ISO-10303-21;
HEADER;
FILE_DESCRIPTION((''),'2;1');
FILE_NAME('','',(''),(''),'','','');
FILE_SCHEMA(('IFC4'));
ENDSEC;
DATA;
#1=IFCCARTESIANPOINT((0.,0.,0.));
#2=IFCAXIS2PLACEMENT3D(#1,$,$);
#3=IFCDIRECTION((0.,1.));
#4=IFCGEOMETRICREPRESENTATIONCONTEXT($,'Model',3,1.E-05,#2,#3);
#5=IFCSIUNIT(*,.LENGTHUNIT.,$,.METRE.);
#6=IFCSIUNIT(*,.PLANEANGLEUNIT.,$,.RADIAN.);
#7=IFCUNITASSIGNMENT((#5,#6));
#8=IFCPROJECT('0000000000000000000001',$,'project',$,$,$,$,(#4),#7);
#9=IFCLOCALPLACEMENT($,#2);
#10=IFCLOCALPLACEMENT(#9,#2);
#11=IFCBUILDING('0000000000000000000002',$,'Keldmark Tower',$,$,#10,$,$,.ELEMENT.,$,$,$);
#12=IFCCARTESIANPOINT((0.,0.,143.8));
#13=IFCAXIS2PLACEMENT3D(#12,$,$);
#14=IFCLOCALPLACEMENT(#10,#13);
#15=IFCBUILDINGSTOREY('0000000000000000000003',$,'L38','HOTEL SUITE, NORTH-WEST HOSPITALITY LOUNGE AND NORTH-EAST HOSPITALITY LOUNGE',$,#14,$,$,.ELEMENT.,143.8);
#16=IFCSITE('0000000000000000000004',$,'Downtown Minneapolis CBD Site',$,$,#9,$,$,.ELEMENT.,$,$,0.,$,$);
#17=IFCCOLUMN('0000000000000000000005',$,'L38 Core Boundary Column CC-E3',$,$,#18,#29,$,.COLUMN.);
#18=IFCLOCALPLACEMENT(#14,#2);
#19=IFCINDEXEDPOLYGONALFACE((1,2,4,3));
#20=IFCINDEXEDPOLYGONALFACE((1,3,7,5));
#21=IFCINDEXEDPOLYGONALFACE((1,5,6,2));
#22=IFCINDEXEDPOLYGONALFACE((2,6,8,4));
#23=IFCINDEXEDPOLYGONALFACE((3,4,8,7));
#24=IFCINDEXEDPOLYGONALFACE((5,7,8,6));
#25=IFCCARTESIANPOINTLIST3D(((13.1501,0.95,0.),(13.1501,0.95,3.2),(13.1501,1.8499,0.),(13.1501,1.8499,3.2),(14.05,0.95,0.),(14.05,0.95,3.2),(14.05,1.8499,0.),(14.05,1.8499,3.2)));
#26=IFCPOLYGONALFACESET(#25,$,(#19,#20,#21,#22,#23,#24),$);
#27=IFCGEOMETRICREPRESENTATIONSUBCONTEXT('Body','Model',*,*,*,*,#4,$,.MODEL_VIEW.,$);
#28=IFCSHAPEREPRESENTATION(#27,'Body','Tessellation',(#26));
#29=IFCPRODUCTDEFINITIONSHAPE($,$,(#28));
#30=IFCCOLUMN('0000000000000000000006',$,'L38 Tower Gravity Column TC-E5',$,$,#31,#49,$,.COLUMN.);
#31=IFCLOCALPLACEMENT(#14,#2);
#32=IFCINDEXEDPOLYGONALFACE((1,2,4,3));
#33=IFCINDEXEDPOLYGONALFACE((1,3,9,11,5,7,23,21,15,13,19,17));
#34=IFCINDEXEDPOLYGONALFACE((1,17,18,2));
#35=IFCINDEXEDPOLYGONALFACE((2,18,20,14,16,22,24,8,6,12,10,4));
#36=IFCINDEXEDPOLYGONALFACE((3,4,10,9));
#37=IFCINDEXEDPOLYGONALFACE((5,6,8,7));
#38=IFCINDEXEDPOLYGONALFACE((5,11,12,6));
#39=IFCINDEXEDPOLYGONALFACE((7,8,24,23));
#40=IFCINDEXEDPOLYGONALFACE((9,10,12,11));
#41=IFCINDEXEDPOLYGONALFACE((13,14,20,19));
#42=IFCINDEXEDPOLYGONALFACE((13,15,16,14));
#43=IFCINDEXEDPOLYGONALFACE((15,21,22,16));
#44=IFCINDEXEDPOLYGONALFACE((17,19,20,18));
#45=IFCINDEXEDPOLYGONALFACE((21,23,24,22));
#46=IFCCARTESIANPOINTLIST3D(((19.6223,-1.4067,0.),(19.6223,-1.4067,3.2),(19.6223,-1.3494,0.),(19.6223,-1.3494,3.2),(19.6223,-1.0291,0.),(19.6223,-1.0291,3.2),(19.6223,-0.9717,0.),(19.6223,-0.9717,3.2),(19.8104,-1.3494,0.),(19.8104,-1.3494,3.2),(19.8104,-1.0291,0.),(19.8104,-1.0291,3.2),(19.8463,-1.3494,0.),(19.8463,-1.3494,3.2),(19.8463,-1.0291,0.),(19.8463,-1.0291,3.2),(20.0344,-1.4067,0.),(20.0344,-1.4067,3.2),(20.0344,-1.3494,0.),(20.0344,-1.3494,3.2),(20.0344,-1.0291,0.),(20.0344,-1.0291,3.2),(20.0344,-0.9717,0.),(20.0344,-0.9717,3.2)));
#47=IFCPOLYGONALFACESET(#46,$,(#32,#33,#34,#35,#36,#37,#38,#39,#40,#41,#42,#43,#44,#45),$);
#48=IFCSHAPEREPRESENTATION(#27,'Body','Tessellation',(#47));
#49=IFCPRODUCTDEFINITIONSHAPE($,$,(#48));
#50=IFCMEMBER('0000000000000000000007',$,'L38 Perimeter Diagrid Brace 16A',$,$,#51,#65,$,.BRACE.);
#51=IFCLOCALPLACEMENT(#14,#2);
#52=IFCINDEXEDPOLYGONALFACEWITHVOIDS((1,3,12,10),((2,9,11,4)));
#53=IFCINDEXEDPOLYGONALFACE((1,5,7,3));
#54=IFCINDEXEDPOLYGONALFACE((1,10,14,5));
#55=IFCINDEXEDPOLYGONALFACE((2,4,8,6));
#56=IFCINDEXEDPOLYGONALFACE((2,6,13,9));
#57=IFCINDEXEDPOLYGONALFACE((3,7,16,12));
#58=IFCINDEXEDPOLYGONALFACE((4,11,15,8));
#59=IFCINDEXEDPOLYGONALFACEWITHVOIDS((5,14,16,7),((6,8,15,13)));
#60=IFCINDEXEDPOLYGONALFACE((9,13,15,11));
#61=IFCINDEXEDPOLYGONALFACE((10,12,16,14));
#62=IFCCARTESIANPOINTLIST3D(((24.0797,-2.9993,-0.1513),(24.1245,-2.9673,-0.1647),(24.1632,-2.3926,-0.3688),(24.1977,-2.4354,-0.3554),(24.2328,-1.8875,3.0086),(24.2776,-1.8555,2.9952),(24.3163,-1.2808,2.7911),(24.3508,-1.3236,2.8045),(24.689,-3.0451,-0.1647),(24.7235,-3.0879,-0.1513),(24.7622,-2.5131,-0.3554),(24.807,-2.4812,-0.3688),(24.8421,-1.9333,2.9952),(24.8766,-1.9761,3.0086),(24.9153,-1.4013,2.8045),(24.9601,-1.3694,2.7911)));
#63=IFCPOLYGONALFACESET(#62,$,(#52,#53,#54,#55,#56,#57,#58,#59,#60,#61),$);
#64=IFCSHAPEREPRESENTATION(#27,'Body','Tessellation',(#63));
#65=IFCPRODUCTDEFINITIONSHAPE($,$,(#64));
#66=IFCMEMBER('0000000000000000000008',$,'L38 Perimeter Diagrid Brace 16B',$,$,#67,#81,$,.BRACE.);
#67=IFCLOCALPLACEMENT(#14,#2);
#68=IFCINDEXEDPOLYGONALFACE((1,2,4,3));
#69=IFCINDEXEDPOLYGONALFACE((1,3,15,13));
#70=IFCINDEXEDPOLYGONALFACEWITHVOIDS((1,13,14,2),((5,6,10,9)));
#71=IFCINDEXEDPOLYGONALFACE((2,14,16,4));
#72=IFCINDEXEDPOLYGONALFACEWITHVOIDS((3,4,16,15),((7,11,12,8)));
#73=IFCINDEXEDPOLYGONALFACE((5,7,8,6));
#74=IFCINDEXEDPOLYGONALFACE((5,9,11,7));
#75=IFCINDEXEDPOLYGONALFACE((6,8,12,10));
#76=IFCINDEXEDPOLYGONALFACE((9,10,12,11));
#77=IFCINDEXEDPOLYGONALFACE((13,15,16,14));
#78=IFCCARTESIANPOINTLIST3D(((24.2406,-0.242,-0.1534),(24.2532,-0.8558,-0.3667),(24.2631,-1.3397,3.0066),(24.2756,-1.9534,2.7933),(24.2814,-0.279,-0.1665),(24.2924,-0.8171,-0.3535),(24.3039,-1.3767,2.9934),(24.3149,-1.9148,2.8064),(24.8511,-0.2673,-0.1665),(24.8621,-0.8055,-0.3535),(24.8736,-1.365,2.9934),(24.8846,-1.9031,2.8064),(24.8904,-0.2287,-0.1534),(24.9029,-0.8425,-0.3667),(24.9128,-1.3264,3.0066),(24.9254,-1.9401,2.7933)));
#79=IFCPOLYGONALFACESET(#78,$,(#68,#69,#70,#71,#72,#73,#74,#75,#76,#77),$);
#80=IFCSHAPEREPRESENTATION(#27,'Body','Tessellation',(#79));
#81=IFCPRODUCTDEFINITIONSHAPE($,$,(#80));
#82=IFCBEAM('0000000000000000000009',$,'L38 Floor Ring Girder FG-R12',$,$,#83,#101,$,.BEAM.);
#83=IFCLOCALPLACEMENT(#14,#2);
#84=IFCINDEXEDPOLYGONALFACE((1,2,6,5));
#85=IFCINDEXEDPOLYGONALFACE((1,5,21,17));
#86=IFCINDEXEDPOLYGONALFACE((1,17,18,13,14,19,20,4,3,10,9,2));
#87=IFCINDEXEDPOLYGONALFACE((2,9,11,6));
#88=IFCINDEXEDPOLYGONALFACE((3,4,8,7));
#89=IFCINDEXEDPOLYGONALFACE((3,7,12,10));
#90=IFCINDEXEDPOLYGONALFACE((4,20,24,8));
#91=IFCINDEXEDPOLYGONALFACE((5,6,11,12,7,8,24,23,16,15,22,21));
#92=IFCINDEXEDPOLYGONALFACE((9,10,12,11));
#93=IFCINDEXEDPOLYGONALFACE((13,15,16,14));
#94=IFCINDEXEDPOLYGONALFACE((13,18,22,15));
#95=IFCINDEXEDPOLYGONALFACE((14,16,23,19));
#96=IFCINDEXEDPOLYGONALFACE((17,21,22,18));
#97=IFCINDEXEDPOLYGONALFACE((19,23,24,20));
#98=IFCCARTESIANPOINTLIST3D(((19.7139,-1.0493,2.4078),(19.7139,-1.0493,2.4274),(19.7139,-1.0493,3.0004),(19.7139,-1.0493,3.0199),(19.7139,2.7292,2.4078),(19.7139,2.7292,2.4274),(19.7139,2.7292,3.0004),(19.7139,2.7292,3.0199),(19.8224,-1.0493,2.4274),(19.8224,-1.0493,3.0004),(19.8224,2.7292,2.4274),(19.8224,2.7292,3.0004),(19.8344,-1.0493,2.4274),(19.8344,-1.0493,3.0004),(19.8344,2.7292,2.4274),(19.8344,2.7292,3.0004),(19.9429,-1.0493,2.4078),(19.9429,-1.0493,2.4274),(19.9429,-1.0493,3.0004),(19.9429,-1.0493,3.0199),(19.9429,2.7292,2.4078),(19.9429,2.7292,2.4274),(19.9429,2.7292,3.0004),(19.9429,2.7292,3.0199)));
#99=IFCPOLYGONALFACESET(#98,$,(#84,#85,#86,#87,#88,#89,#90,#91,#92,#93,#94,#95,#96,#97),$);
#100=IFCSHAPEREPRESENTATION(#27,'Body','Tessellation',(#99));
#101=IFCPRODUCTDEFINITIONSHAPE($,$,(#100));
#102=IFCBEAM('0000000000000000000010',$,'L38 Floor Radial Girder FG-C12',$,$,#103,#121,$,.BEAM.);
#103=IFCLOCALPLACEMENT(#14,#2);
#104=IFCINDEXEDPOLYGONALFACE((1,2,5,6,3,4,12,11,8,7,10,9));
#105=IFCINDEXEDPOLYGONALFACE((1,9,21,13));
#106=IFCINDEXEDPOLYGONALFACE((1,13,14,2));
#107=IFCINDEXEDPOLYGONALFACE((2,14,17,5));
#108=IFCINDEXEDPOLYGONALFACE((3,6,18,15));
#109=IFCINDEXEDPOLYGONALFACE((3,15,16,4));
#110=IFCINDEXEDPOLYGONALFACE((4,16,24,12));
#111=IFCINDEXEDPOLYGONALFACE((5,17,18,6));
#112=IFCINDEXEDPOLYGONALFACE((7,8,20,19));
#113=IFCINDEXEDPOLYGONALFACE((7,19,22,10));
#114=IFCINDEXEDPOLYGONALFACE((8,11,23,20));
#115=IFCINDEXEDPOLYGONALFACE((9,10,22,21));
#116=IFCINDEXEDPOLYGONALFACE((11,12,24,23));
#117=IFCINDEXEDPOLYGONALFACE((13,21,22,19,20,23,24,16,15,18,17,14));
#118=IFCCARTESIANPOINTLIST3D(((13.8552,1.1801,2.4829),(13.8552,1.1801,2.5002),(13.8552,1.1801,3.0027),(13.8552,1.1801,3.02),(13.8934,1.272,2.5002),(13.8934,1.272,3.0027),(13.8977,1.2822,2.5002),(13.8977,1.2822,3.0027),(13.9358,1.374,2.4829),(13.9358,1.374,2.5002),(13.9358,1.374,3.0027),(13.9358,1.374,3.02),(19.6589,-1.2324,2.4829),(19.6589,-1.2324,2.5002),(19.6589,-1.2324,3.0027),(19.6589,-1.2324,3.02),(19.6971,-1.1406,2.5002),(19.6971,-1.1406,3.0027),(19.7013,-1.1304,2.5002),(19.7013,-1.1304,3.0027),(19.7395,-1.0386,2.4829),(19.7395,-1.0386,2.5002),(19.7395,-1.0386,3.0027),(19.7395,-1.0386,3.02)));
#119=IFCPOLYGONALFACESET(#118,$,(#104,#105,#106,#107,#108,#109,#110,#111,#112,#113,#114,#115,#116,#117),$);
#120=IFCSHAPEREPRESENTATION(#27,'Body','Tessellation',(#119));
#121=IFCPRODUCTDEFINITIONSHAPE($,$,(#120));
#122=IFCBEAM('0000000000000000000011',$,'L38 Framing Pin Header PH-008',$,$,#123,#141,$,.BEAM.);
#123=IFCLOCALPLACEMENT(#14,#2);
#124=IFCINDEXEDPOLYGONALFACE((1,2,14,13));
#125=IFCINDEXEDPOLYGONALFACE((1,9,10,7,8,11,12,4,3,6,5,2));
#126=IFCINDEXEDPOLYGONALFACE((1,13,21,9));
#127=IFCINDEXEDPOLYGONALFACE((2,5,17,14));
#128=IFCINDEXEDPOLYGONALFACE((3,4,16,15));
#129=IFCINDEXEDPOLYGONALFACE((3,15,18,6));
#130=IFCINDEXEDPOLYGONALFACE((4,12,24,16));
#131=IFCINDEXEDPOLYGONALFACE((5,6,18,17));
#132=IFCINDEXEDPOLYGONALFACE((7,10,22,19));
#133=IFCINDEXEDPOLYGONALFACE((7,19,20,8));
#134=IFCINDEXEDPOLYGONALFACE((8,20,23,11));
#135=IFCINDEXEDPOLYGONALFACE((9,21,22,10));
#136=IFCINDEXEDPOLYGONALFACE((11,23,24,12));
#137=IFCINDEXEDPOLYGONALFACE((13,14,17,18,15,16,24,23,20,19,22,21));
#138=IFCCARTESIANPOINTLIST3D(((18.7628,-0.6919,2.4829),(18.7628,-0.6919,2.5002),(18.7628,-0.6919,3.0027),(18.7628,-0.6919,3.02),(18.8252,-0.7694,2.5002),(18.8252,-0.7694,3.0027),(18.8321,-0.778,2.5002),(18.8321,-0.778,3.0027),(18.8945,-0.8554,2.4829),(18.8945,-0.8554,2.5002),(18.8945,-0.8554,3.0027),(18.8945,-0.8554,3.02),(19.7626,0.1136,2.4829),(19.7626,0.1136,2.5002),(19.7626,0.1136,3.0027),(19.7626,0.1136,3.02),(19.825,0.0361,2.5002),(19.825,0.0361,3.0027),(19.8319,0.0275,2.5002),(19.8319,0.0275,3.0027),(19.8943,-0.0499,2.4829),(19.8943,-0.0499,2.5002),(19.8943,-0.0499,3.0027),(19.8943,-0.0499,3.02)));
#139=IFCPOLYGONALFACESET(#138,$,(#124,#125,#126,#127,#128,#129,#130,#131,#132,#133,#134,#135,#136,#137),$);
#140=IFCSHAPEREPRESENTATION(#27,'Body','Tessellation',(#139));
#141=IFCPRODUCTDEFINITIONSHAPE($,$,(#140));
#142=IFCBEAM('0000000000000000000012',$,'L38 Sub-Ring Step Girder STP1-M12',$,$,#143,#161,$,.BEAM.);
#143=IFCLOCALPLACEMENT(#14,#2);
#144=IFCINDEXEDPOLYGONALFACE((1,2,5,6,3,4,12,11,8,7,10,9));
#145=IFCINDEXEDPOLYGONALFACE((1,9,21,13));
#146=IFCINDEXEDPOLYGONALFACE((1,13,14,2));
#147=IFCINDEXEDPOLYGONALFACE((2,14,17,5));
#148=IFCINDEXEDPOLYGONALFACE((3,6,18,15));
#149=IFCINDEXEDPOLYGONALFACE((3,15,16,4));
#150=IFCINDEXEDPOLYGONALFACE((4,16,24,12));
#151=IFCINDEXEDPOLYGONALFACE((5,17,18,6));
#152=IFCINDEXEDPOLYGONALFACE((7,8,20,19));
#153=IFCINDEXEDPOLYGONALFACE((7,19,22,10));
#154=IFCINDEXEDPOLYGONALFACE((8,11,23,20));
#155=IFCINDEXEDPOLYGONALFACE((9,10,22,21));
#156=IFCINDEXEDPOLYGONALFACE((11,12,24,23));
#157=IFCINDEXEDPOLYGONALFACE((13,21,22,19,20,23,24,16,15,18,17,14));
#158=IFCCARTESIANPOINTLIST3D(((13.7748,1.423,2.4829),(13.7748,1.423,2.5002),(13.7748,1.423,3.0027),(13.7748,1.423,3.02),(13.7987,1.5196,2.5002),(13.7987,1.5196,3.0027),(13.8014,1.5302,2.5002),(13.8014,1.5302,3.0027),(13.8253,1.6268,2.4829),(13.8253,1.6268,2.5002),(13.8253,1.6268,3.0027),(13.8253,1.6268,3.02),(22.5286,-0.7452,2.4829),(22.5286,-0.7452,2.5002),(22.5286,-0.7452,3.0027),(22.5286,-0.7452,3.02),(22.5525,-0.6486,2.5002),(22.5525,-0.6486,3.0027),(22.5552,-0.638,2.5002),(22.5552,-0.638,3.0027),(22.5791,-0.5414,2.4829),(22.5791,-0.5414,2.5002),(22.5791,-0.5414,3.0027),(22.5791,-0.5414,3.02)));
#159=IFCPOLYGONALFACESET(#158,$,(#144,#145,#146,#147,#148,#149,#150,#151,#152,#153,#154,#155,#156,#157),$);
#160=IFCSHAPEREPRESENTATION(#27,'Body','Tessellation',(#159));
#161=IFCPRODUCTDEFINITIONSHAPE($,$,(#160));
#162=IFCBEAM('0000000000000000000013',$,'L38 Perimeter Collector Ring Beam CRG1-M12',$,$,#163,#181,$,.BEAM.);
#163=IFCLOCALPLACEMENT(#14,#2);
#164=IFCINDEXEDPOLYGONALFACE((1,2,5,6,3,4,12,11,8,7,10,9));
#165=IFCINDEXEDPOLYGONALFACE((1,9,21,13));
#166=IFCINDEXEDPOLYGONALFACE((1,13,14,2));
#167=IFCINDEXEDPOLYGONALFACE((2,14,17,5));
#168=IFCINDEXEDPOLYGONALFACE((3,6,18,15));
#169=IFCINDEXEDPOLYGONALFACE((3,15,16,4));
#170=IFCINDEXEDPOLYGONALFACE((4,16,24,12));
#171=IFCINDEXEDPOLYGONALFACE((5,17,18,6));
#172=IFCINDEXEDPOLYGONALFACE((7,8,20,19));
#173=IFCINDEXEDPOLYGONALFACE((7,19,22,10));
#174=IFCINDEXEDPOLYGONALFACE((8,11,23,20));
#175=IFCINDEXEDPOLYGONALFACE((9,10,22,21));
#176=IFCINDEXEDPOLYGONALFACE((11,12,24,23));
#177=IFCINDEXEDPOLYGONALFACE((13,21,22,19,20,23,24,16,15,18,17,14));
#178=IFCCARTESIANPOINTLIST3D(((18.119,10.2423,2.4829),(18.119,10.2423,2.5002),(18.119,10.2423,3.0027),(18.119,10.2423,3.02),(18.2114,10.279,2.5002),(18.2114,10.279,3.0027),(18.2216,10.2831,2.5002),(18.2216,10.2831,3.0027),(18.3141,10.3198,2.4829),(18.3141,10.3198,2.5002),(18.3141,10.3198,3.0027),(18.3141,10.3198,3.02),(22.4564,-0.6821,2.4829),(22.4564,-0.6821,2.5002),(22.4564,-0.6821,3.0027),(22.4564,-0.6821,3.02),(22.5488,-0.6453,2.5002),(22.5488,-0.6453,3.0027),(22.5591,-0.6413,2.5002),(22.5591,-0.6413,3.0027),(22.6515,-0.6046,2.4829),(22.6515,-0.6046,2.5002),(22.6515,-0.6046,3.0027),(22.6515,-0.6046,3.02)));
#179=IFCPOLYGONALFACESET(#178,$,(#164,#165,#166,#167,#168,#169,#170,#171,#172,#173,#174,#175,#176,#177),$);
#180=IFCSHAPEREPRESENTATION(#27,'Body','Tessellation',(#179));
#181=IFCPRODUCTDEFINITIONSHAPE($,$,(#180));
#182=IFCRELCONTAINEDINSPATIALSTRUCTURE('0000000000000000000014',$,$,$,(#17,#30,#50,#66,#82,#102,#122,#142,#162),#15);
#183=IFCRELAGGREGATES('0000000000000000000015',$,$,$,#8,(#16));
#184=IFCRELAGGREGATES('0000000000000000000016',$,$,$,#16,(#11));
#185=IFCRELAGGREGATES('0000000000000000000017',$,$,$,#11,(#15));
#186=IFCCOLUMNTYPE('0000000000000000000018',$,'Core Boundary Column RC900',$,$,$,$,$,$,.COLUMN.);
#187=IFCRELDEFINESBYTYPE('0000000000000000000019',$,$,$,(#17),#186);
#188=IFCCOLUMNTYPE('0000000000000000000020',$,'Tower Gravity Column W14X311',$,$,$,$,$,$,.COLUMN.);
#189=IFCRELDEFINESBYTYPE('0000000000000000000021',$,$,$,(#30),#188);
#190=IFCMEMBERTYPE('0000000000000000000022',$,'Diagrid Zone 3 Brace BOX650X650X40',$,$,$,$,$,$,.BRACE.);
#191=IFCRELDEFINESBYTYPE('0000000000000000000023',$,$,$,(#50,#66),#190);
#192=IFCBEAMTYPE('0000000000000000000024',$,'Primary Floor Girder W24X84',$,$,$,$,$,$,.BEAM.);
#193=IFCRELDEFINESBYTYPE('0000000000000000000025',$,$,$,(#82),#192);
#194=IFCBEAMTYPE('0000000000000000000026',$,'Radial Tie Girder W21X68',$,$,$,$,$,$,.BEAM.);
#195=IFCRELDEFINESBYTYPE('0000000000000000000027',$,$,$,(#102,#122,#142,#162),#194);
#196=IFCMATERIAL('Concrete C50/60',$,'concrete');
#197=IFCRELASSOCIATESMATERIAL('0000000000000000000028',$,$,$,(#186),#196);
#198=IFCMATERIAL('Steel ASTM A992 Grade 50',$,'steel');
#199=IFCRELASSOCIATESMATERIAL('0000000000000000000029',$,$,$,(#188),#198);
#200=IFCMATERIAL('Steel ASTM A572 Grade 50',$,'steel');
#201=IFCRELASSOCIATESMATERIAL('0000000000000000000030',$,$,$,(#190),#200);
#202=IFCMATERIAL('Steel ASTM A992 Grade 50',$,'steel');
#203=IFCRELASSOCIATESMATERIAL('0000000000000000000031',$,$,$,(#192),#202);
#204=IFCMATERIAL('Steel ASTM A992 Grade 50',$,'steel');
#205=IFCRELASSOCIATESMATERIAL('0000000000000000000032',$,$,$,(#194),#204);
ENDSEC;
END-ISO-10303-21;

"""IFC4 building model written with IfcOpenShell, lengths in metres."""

from ifc_helpers import new_model, si_unit, direction, frame, origin, origin_2d, place, context, subcontext, project, spatial, rectangle, hollow_rectangle, i_section, extrude, material, material_profile, profile_set, type_object, element, save


model = new_model("IFC4")

# Units and contexts
model_context = context("Model", 3, precision=1e-05, world=origin(), true_north=direction((0.0, 1.0)))
body_context = subcontext(model_context, "Body", "Model", "MODEL_VIEW")
ifc_project = project(units=[si_unit("LENGTHUNIT", "METRE"), si_unit("PLANEANGLEUNIT", "RADIAN")], contexts=[model_context])

# Site, building, storey
site_placement = place(None, origin())
site = spatial("IfcSite", under=ifc_project, at=site_placement, Name="Downtown Minneapolis CBD Site", CompositionType="ELEMENT", RefElevation=0.0)
building_placement = place(site_placement, origin())
building = spatial("IfcBuilding", under=site, at=building_placement, Name="Keldmark Tower", CompositionType="ELEMENT")
storey_placement = place(building_placement, frame((0.0, 0.0, 143.8)))
storey = spatial("IfcBuildingStorey", under=building, at=storey_placement, Name="L38", Description="HOTEL SUITE, NORTH-WEST HOSPITALITY LOUNGE AND NORTH-EAST HOSPITALITY LOUNGE", CompositionType="ELEMENT", Elevation=143.8)

# Columns
ifc_material_1 = material(Name="Concrete C50/60", Category="concrete")
ifc_material_profile_1 = material_profile(ifc_material_1, rectangle(XDim=0.8999, YDim=0.8999, at=origin_2d()), Name="RC900X900")
ifc_profile_set_1 = profile_set([ifc_material_profile_1], Name="Concrete C50/60")
column_type_1 = type_object("IfcColumnType", Name="Core Boundary Column RC900", PredefinedType="COLUMN", material=ifc_profile_set_1)
column_1_placement = place(storey_placement, frame((13.6001, 1.3999, 0.0), z_axis=(0.0, 0.0, 1.0), x_axis=(1.0, 0.0, 0.0)))
element("IfcColumn", 1, at=column_1_placement, inside=storey, type_object=column_type_1, Name="L38 Core Boundary Column CC-E3", PredefinedType="COLUMN", context=body_context, shape_type="SweptSolid", body=[
    extrude(rectangle(XDim=0.8999, YDim=0.8999, at=origin_2d()), origin(), (0.0, 0.0, 1.0), 3.2),
])
ifc_material_2 = material(Name="Steel ASTM A992 Grade 50", Category="steel")
ifc_material_profile_2 = material_profile(ifc_material_2, i_section(OverallWidth=0.4121, OverallDepth=0.4351, WebThickness=0.0359, FlangeThickness=0.0574, at=origin_2d()), Name="W14X311")
ifc_profile_set_2 = profile_set([ifc_material_profile_2], Name="Steel ASTM A992 Grade 50")
column_type_2 = type_object("IfcColumnType", Name="Tower Gravity Column W14X311", PredefinedType="COLUMN", material=ifc_profile_set_2)
column_2_placement = place(storey_placement, frame((19.8284, -1.1892, 0.0), z_axis=(0.0, 0.0, 1.0), x_axis=(1.0, 0.0, 0.0)))
element("IfcColumn", 2, at=column_2_placement, inside=storey, type_object=column_type_2, Name="L38 Tower Gravity Column TC-E5", PredefinedType="COLUMN", context=body_context, shape_type="SweptSolid", body=[
    extrude(i_section(OverallWidth=0.4121, OverallDepth=0.4351, WebThickness=0.0359, FlangeThickness=0.0574, at=origin_2d()), origin(), (0.0, 0.0, 1.0), 3.2),
])

# Members
ifc_material_3 = material(Name="Steel ASTM A572 Grade 50", Category="steel")
ifc_material_profile_3 = material_profile(ifc_material_3, hollow_rectangle(XDim=0.6499, YDim=0.6499, WallThickness=0.04, at=origin_2d()), Name="BOX650X650X40")
ifc_profile_set_3 = profile_set([ifc_material_profile_3], Name="Steel ASTM A572 Grade 50")
member_type = type_object("IfcMemberType", Name="Diagrid Zone 3 Brace BOX650X650X40", PredefinedType="BRACE", material=ifc_profile_set_3)
member_1_placement = place(storey_placement, frame((24.4434, -2.7402, -0.26), z_axis=(0.045649, 0.331559, 0.942329), x_axis=(-0.990655, 0.136394, 0.0)))
element("IfcMember", 3, at=member_1_placement, inside=storey, type_object=member_type, Name="L38 Perimeter Diagrid Brace 16A", PredefinedType="BRACE", context=body_context, shape_type="SweptSolid", body=[
    extrude(hollow_rectangle(XDim=0.6499, YDim=0.6499, WallThickness=0.04, at=origin_2d()), origin(), (0.0, 0.0, 1.0), 3.3533),
])
member_2_placement = place(storey_placement, frame((24.5718, -0.5422, -0.26), z_axis=(0.006714, -0.328128, 0.944609), x_axis=(0.999791, 0.020458, 0.0)))
element("IfcMember", 4, at=member_2_placement, inside=storey, type_object=member_type, Name="L38 Perimeter Diagrid Brace 16B", PredefinedType="BRACE", context=body_context, shape_type="SweptSolid", body=[
    extrude(hollow_rectangle(XDim=0.6499, YDim=0.6499, WallThickness=0.04, at=origin_2d()), origin(), (0.0, 0.0, 1.0), 3.3452),
])

# Beams
ifc_material_4 = material(Name="Steel ASTM A992 Grade 50", Category="steel")
ifc_material_profile_4 = material_profile(ifc_material_4, i_section(OverallWidth=0.229, OverallDepth=0.6121, WebThickness=0.012, FlangeThickness=0.0195, at=origin_2d()), Name="W24X84")
ifc_profile_set_4 = profile_set([ifc_material_profile_4], Name="Steel ASTM A992 Grade 50")
beam_type_1 = type_object("IfcBeamType", Name="Primary Floor Girder W24X84", PredefinedType="BEAM", material=ifc_profile_set_4)
beam_1_placement = place(storey_placement, frame((19.8284, -1.0493, 2.7139), z_axis=(0.0, 1.0, 0.0), x_axis=(-1.0, 0.0, 0.0)))
element("IfcBeam", 5, at=beam_1_placement, inside=storey, type_object=beam_type_1, Name="L38 Floor Ring Girder FG-R12", PredefinedType="BEAM", context=body_context, shape_type="SweptSolid", body=[
    extrude(i_section(OverallWidth=0.229, OverallDepth=0.6121, WebThickness=0.012, FlangeThickness=0.0195, at=origin_2d()), origin(), (0.0, 0.0, 1.0), 3.7786),
])
ifc_material_5 = material(Name="Steel ASTM A992 Grade 50", Category="steel")
ifc_material_profile_5 = material_profile(ifc_material_5, i_section(OverallWidth=0.21, OverallDepth=0.5371, WebThickness=0.011, FlangeThickness=0.0173, at=origin_2d()), Name="W21X68")
ifc_profile_set_5 = profile_set([ifc_material_profile_5], Name="Steel ASTM A992 Grade 50")
beam_type_2 = type_object("IfcBeamType", Name="Radial Tie Girder W21X68", PredefinedType="BEAM", material=ifc_profile_set_5)
beam_2_placement = place(storey_placement, frame((19.6992, -1.1355, 2.7515), z_axis=(-0.923394, 0.383854, 0.0), x_axis=(-0.383854, -0.923394, 0.0)))
element("IfcBeam", 6, at=beam_2_placement, inside=storey, type_object=beam_type_2, Name="L38 Floor Radial Girder FG-C12", PredefinedType="BEAM", context=body_context, shape_type="SweptSolid", body=[
    extrude(i_section(OverallWidth=0.21, OverallDepth=0.5371, WebThickness=0.011, FlangeThickness=0.0173, at=origin_2d()), origin(), (0.0, 0.0, 1.0), 6.2852),
])
beam_3_placement = place(storey_placement, frame((18.8286, -0.7737, 2.7515), z_axis=(0.778731, 0.627358, 0.0), x_axis=(-0.627358, 0.778731, 0.0)))
element("IfcBeam", 7, at=beam_3_placement, inside=storey, type_object=beam_type_2, Name="L38 Framing Pin Header PH-008", PredefinedType="BEAM", context=body_context, shape_type="SweptSolid", body=[
    extrude(i_section(OverallWidth=0.21, OverallDepth=0.5371, WebThickness=0.011, FlangeThickness=0.0173, at=origin_2d()), origin(), (0.0, 0.0, 1.0), 1.2839),
])
beam_4_placement = place(storey_placement, frame((13.8, 1.5249, 2.7515), z_axis=(0.970669, -0.24042, 0.0), x_axis=(0.24042, 0.970669, 0.0)))
element("IfcBeam", 8, at=beam_4_placement, inside=storey, type_object=beam_type_2, Name="L38 Sub-Ring Step Girder STP1-M12", PredefinedType="BEAM", context=body_context, shape_type="SweptSolid", body=[
    extrude(i_section(OverallWidth=0.21, OverallDepth=0.5371, WebThickness=0.011, FlangeThickness=0.0173, at=origin_2d()), origin(), (0.0, 0.0, 1.0), 9.0183),
])
beam_5_placement = place(storey_placement, frame((22.554, -0.6433, 2.7515), z_axis=(-0.369019, 0.929422, 0.0), x_axis=(-0.929422, -0.369019, 0.0)))
element("IfcBeam", 9, at=beam_5_placement, inside=storey, type_object=beam_type_2, Name="L38 Perimeter Collector Ring Beam CRG1-M12", PredefinedType="BEAM", context=body_context, shape_type="SweptSolid", body=[
    extrude(i_section(OverallWidth=0.21, OverallDepth=0.5371, WebThickness=0.011, FlangeThickness=0.0173, at=origin_2d()), origin(), (0.0, 0.0, 1.0), 11.7539),
])

save(model, "model.ifc")
